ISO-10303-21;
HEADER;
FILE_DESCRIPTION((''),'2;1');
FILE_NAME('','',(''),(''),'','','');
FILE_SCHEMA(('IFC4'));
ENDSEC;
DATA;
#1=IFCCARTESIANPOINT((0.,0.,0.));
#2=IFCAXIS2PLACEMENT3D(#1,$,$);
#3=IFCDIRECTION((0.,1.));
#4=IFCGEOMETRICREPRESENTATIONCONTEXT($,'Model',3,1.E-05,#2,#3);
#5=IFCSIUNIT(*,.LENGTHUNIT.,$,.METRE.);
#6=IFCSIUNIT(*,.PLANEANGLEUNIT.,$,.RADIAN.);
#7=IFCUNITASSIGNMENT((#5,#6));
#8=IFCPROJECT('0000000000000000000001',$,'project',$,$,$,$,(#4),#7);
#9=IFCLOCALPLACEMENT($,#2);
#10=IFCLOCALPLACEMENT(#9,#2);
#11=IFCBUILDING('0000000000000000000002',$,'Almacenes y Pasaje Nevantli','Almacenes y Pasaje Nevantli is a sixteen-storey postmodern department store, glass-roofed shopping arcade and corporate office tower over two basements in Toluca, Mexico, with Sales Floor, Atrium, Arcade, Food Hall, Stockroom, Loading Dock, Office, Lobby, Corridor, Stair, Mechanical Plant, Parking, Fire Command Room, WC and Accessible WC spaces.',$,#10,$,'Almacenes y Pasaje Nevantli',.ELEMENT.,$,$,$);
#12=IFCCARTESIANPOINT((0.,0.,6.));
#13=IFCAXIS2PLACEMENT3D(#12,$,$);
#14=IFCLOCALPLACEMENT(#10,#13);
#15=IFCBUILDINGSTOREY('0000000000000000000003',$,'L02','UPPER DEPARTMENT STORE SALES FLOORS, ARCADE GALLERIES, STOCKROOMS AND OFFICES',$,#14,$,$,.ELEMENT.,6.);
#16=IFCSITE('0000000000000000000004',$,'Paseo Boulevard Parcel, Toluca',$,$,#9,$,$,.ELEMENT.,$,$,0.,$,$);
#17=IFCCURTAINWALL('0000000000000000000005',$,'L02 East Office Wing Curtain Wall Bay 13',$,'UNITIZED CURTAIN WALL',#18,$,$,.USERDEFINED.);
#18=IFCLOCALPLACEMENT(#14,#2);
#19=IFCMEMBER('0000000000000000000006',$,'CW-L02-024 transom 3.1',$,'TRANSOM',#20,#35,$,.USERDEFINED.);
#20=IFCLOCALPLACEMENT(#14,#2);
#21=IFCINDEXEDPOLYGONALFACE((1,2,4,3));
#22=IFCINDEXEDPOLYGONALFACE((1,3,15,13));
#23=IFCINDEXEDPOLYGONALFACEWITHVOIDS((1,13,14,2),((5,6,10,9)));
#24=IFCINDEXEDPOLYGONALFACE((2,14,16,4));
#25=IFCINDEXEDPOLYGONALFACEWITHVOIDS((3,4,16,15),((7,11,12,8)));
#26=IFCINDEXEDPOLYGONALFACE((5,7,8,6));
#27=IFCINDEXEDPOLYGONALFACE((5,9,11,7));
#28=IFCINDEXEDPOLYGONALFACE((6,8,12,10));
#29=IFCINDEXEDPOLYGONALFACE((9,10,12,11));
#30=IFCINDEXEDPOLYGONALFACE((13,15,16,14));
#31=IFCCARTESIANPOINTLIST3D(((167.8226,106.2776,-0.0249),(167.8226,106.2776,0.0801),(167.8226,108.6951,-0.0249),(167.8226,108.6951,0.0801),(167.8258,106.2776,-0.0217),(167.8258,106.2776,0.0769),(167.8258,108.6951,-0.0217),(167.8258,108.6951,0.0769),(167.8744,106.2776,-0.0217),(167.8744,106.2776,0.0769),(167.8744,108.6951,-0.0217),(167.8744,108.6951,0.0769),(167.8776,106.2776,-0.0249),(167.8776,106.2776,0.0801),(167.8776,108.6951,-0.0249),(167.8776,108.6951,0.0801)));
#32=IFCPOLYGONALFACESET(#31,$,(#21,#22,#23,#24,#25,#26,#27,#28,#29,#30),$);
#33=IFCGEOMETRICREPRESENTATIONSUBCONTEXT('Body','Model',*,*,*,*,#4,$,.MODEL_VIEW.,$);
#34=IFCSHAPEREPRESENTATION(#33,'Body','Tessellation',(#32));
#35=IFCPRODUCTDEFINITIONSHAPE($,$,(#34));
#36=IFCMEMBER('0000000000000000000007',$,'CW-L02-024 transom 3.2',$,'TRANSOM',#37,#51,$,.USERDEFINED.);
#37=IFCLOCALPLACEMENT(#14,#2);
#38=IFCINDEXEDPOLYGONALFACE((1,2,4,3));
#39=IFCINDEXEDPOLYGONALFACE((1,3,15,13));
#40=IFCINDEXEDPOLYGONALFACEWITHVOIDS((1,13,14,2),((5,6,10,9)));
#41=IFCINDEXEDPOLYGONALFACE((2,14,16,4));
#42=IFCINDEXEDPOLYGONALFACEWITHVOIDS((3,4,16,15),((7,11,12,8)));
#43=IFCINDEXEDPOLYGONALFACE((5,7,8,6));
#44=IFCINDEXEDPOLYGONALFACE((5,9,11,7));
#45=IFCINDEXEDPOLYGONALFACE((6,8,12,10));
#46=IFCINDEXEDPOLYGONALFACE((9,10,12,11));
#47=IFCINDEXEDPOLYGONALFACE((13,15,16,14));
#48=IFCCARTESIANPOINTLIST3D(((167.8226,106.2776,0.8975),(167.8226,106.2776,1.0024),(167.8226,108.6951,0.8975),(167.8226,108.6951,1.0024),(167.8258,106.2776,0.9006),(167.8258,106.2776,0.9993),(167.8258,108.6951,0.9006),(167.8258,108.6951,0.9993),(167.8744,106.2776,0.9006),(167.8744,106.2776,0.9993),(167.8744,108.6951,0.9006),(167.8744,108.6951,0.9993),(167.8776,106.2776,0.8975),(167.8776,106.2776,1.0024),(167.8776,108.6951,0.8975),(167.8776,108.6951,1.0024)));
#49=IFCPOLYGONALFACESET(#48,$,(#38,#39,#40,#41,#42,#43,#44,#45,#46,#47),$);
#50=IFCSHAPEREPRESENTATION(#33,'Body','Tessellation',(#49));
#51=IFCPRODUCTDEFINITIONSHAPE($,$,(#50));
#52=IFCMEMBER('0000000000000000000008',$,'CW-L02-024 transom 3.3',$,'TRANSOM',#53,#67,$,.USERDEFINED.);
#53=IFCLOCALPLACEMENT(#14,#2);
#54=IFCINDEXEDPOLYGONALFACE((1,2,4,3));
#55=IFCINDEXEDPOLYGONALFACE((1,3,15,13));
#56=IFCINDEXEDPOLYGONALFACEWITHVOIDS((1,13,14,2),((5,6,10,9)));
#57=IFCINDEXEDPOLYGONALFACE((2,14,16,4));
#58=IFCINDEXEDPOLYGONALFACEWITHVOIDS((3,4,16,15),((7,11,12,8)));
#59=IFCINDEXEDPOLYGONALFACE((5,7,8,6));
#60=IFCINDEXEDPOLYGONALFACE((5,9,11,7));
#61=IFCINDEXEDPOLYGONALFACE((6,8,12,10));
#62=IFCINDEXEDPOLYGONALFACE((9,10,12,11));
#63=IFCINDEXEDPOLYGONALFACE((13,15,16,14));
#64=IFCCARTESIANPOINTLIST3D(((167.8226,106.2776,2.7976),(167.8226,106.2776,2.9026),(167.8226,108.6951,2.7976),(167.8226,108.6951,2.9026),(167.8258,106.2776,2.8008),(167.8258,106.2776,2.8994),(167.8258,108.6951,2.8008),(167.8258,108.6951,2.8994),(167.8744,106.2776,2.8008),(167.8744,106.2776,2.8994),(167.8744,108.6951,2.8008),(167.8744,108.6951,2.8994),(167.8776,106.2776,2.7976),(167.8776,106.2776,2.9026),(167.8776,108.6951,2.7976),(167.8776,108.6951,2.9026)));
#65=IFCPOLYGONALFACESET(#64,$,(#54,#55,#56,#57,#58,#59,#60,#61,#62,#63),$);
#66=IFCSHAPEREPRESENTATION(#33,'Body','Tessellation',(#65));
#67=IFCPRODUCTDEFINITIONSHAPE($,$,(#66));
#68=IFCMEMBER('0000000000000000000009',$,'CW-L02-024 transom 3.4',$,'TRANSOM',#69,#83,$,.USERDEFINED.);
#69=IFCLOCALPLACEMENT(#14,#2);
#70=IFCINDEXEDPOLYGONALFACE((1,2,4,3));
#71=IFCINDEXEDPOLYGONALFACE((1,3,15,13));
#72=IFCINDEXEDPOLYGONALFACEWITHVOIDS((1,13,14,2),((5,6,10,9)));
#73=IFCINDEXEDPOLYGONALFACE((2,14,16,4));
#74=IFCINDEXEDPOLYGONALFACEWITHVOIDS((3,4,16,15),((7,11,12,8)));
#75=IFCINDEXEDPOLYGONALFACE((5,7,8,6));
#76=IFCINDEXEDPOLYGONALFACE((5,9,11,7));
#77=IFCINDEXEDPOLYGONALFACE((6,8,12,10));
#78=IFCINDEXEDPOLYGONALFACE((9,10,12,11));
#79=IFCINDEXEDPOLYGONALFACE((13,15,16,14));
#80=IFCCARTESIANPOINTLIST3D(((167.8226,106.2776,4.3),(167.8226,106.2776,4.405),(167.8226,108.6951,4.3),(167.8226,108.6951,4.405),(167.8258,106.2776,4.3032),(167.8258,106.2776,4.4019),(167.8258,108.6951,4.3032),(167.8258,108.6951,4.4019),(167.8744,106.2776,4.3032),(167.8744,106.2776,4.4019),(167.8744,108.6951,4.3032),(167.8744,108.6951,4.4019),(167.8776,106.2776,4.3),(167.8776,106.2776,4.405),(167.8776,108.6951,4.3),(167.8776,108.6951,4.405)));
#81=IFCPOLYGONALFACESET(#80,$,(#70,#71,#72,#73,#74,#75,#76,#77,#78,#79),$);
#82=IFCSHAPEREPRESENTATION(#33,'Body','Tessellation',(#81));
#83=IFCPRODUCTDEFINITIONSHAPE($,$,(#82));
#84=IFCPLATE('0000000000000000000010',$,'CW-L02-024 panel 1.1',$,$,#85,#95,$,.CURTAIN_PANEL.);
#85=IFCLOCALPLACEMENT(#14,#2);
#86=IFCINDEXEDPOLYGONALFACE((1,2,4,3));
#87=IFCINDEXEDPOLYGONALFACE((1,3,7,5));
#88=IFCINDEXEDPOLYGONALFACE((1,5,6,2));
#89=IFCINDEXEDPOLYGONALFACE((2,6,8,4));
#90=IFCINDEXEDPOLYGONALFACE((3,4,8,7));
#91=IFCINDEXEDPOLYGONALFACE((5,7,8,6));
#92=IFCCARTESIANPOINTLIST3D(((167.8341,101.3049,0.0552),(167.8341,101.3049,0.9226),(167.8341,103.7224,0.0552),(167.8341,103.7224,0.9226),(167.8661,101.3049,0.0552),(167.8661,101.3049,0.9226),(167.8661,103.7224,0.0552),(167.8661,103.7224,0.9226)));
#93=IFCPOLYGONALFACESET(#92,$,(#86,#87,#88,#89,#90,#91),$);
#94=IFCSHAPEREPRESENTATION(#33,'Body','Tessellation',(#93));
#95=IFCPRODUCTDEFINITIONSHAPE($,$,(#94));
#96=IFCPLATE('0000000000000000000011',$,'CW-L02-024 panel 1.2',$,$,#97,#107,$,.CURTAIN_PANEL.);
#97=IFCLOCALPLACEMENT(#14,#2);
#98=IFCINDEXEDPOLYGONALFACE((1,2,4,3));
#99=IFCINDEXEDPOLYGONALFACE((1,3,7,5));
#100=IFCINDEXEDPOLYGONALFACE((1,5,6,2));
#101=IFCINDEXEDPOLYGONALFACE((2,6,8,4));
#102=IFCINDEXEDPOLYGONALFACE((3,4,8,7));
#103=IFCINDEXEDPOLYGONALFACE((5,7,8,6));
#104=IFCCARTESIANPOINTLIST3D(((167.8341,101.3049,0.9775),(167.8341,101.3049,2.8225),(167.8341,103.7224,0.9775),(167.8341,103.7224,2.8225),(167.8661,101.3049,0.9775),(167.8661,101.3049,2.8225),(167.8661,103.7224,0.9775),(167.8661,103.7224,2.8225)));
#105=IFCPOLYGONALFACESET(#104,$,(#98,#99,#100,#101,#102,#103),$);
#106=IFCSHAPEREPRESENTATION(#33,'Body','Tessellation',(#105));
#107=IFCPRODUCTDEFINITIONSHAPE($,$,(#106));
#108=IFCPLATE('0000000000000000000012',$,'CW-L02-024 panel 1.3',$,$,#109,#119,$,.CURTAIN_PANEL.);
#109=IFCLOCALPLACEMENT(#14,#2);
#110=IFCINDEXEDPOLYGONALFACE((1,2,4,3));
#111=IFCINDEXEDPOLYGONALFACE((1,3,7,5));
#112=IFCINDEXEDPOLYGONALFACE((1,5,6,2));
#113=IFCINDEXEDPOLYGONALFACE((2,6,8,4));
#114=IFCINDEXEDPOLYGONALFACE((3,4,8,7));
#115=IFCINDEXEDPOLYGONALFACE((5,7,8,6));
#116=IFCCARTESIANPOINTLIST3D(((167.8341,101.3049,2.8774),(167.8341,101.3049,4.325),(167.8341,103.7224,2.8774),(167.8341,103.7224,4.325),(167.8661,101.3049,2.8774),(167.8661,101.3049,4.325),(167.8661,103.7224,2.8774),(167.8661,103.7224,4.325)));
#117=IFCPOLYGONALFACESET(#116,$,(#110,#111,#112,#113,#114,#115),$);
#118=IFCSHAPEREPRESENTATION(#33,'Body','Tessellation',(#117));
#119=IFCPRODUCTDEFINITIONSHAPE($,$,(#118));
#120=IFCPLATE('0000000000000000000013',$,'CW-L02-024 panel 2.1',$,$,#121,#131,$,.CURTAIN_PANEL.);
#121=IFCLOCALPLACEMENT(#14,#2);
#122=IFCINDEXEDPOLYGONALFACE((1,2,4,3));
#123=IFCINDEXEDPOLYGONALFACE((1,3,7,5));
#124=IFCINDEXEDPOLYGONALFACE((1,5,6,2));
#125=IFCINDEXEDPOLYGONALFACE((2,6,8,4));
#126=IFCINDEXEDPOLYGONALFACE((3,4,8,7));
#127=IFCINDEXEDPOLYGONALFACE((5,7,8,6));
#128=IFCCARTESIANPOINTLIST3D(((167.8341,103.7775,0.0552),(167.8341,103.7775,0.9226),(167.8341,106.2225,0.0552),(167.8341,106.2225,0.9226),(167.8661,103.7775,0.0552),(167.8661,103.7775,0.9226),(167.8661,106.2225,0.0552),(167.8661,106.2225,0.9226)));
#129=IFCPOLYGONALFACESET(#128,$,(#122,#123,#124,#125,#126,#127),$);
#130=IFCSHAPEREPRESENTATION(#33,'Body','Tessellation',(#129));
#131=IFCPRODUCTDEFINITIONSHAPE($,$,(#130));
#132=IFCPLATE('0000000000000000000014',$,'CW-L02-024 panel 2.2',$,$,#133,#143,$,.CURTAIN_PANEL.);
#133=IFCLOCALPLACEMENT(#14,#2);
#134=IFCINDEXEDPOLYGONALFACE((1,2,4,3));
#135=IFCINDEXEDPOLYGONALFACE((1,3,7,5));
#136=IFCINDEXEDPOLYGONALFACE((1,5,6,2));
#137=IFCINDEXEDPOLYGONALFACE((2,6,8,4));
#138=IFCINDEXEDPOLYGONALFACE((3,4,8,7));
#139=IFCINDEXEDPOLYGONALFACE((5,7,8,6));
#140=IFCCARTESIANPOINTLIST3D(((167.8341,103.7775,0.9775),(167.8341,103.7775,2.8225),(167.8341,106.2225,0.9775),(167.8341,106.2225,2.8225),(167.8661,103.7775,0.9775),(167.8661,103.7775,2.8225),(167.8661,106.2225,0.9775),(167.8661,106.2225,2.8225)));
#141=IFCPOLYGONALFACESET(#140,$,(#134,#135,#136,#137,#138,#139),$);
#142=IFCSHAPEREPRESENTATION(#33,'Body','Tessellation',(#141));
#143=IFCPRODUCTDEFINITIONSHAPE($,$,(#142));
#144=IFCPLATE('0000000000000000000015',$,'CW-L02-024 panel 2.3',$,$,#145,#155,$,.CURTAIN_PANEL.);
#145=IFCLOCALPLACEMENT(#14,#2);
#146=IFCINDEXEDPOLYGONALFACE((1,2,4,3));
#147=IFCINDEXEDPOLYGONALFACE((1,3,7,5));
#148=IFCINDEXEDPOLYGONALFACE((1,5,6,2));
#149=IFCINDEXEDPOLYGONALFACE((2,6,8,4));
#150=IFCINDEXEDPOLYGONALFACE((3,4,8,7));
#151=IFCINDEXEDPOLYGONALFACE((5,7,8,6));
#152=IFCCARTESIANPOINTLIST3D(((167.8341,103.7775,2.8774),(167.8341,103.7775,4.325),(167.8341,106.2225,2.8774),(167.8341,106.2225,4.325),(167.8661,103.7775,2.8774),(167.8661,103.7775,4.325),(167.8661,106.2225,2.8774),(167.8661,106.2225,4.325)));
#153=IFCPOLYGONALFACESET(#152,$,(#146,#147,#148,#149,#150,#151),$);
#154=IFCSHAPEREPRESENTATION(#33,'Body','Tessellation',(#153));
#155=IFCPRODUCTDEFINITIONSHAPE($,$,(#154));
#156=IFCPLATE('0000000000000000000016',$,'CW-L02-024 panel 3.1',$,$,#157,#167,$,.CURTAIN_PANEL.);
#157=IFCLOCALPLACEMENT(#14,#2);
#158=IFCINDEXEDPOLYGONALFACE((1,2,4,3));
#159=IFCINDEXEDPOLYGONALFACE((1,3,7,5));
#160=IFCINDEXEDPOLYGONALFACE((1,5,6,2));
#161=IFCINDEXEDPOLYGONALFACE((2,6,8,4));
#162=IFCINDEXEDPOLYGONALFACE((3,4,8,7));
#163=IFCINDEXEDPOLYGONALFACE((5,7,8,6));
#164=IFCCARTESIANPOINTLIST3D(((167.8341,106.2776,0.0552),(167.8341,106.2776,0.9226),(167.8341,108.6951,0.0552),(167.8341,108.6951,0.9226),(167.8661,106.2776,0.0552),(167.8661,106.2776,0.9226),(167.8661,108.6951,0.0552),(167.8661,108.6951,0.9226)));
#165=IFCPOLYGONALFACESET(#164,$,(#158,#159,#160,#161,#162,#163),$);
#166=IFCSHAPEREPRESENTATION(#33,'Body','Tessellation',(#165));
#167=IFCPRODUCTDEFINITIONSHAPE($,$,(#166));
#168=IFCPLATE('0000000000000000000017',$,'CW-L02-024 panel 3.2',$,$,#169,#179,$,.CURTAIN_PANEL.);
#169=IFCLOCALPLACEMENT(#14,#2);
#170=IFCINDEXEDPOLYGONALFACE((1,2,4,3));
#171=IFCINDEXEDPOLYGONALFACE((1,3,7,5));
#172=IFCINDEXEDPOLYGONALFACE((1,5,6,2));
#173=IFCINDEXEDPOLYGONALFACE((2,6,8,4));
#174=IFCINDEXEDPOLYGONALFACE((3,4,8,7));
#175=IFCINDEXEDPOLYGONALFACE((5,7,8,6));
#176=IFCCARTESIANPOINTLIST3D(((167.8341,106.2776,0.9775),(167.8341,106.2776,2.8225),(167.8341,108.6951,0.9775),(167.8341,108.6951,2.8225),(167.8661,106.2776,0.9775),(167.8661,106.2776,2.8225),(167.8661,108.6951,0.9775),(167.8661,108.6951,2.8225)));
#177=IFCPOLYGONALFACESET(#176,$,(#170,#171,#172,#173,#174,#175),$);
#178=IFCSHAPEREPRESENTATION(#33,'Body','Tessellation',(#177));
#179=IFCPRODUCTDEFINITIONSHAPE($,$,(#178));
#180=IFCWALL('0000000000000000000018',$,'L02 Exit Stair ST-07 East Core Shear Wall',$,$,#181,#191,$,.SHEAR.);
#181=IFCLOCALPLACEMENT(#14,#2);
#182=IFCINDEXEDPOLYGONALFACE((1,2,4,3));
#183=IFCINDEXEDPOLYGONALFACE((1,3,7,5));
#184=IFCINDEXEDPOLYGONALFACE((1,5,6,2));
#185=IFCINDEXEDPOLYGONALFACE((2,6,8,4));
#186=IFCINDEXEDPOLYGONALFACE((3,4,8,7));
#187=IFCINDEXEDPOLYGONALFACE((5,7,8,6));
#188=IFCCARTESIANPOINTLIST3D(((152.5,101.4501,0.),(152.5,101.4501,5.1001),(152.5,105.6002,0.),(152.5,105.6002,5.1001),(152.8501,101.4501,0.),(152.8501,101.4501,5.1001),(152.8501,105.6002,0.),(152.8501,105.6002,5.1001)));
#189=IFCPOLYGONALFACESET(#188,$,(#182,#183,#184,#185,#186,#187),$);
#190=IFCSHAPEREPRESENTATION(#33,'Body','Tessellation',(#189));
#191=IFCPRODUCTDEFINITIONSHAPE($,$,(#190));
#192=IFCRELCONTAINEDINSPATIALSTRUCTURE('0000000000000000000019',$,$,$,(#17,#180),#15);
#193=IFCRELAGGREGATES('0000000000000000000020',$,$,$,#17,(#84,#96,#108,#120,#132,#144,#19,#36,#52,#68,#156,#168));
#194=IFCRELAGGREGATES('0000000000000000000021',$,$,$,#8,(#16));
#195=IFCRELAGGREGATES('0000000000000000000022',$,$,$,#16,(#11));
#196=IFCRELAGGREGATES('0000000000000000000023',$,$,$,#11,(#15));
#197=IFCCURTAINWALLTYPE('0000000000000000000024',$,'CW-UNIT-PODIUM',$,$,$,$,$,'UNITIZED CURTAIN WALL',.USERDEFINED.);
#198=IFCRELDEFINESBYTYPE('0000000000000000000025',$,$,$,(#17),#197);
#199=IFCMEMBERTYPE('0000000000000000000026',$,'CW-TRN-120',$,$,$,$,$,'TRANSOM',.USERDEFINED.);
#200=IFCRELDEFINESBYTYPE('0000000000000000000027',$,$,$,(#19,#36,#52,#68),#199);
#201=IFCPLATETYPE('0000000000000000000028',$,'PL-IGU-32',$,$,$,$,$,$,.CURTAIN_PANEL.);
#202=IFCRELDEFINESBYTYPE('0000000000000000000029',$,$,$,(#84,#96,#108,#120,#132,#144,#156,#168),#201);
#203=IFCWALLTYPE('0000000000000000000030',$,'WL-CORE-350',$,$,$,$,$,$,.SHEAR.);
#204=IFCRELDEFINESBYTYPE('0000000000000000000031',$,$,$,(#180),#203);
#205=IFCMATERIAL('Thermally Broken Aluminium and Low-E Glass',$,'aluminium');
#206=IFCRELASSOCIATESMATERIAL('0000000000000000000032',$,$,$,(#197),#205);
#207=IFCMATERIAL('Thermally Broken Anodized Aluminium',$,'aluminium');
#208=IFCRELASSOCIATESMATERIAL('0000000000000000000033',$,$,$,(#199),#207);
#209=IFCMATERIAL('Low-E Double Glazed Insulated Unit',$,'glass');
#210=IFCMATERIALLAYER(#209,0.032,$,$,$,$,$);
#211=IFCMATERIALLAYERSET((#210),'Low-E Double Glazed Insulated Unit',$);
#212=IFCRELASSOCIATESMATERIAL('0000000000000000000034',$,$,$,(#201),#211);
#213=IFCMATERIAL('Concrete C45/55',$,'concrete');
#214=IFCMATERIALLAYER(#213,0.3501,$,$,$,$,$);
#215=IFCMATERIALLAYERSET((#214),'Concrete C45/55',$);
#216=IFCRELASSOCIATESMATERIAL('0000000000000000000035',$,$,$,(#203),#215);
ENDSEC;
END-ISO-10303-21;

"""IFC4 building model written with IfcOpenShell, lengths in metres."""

from ifc_helpers import new_model, si_unit, direction, frame, frame_2d, origin, origin_2d, place, context, subcontext, project, spatial, rectangle, hollow_rectangle, extrude, material, layer, layer_set, material_profile, profile_set, type_object, element, aggregate, save


model = new_model("IFC4")

# Units and contexts
model_context = context("Model", 3, precision=1e-05, world=origin(), true_north=direction((0.0, 1.0)))
body_context = subcontext(model_context, "Body", "Model", "MODEL_VIEW")
ifc_project = project(units=[si_unit("LENGTHUNIT", "METRE"), si_unit("PLANEANGLEUNIT", "RADIAN")], contexts=[model_context])

# Site, building, storey
site_placement = place(None, origin())
site = spatial("IfcSite", under=ifc_project, at=site_placement, Name="Paseo Boulevard Parcel, Toluca", CompositionType="ELEMENT", RefElevation=0.0)
building_placement = place(site_placement, origin())
building = spatial("IfcBuilding", under=site, at=building_placement, Name="Almacenes y Pasaje Nevantli", Description="Almacenes y Pasaje Nevantli is a sixteen-storey postmodern department store, glass-roofed shopping arcade and corporate office tower over two basements in Toluca, Mexico, with Sales Floor, Atrium, Arcade, Food Hall, Stockroom, Loading Dock, Office, Lobby, Corridor, Stair, Mechanical Plant, Parking, Fire Command Room, WC and Accessible WC spaces.", LongName="Almacenes y Pasaje Nevantli", CompositionType="ELEMENT")
storey_placement = place(building_placement, frame((0.0, 0.0, 6.0)))
storey = spatial("IfcBuildingStorey", under=building, at=storey_placement, Name="L02", Description="UPPER DEPARTMENT STORE SALES FLOORS, ARCADE GALLERIES, STOCKROOMS AND OFFICES", CompositionType="ELEMENT", Elevation=6.0)

# Curtain wall, members, plates
ifc_material_1 = material(Name="Thermally Broken Aluminium and Low-E Glass", Category="aluminium")
curtain_wall_type = type_object("IfcCurtainWallType", Name="CW-UNIT-PODIUM", ElementType="UNITIZED CURTAIN WALL", PredefinedType="USERDEFINED", material=ifc_material_1)
curtain_wall_placement = place(storey_placement, origin())
curtain_wall = element("IfcCurtainWall", 1, at=curtain_wall_placement, inside=storey, type_object=curtain_wall_type, Name="L02 East Office Wing Curtain Wall Bay 13", ObjectType="UNITIZED CURTAIN WALL", PredefinedType="USERDEFINED")
ifc_material_2 = material(Name="Thermally Broken Anodized Aluminium", Category="aluminium")
ifc_material_profile_1 = material_profile(ifc_material_2, hollow_rectangle(XDim=0.0549, YDim=0.105, WallThickness=0.0032, at=origin_2d()), Name="ALU-TRN-55x105")
ifc_profile_set_1 = profile_set([ifc_material_profile_1], Name="Thermally Broken Anodized Aluminium")
member_type_1 = type_object("IfcMemberType", Name="CW-TRN-120", ElementType="TRANSOM", PredefinedType="USERDEFINED", material=ifc_profile_set_1)
member_1_placement = place(storey_placement, frame((167.8501, 106.2776, 0.0276), z_axis=(0.0, 1.0, 0.0), x_axis=(-1.0, 0.0, 0.0)))
member_1 = element("IfcMember", 2, at=member_1_placement, type_object=member_type_1, Name="CW-L02-024 transom 3.1", ObjectType="TRANSOM", PredefinedType="USERDEFINED", context=body_context, shape_type="SweptSolid", body=[
    extrude(hollow_rectangle(XDim=0.0549, YDim=0.105, WallThickness=0.0032, at=origin_2d()), origin(), (0.0, 0.0, 1.0), 2.4175),
])
member_2_placement = place(storey_placement, frame((167.8501, 106.2776, 0.95), z_axis=(0.0, 1.0, 0.0), x_axis=(-1.0, 0.0, 0.0)))
member_2 = element("IfcMember", 3, at=member_2_placement, type_object=member_type_1, Name="CW-L02-024 transom 3.2", ObjectType="TRANSOM", PredefinedType="USERDEFINED", context=body_context, shape_type="SweptSolid", body=[
    extrude(hollow_rectangle(XDim=0.0549, YDim=0.105, WallThickness=0.0032, at=origin_2d()), origin(), (0.0, 0.0, 1.0), 2.4175),
])
member_3_placement = place(storey_placement, frame((167.8501, 106.2776, 2.8501), z_axis=(0.0, 1.0, 0.0), x_axis=(-1.0, 0.0, 0.0)))
member_3 = element("IfcMember", 4, at=member_3_placement, type_object=member_type_1, Name="CW-L02-024 transom 3.3", ObjectType="TRANSOM", PredefinedType="USERDEFINED", context=body_context, shape_type="SweptSolid", body=[
    extrude(hollow_rectangle(XDim=0.0549, YDim=0.105, WallThickness=0.0032, at=origin_2d()), origin(), (0.0, 0.0, 1.0), 2.4175),
])
member_4_placement = place(storey_placement, frame((167.8501, 106.2776, 4.3525), z_axis=(0.0, 1.0, 0.0), x_axis=(-1.0, 0.0, 0.0)))
member_4 = element("IfcMember", 5, at=member_4_placement, type_object=member_type_1, Name="CW-L02-024 transom 3.4", ObjectType="TRANSOM", PredefinedType="USERDEFINED", context=body_context, shape_type="SweptSolid", body=[
    extrude(hollow_rectangle(XDim=0.0549, YDim=0.105, WallThickness=0.0032, at=origin_2d()), origin(), (0.0, 0.0, 1.0), 2.4175),
])
ifc_material_3 = material(Name="Low-E Double Glazed Insulated Unit", Category="glass")
ifc_layer_1 = layer(ifc_material_3, 0.032)
ifc_layer_set_1 = layer_set([ifc_layer_1], Name="Low-E Double Glazed Insulated Unit")
plate_type = type_object("IfcPlateType", Name="PL-IGU-32", PredefinedType="CURTAIN_PANEL", material=ifc_layer_set_1)
plate_1_placement = place(storey_placement, frame((167.8501, 102.5137, 0.0552), z_axis=(0.0, 0.0, 1.0), x_axis=(0.0, 1.0, 0.0)))
plate_1 = element("IfcPlate", 6, at=plate_1_placement, type_object=plate_type, Name="CW-L02-024 panel 1.1", PredefinedType="CURTAIN_PANEL", context=body_context, shape_type="SweptSolid", body=[
    extrude(rectangle(XDim=2.4175, YDim=0.032, at=origin_2d()), origin(), (0.0, 0.0, 1.0), 0.8674),
])
plate_2_placement = place(storey_placement, frame((167.8501, 102.5137, 0.9775), z_axis=(0.0, 0.0, 1.0), x_axis=(0.0, 1.0, 0.0)))
plate_2 = element("IfcPlate", 7, at=plate_2_placement, type_object=plate_type, Name="CW-L02-024 panel 1.2", PredefinedType="CURTAIN_PANEL", context=body_context, shape_type="SweptSolid", body=[
    extrude(rectangle(XDim=2.4175, YDim=0.032, at=origin_2d()), origin(), (0.0, 0.0, 1.0), 1.845),
])
plate_3_placement = place(storey_placement, frame((167.8501, 102.5137, 2.8774), z_axis=(0.0, 0.0, 1.0), x_axis=(0.0, 1.0, 0.0)))
plate_3 = element("IfcPlate", 8, at=plate_3_placement, type_object=plate_type, Name="CW-L02-024 panel 1.3", PredefinedType="CURTAIN_PANEL", context=body_context, shape_type="SweptSolid", body=[
    extrude(rectangle(XDim=2.4175, YDim=0.032, at=origin_2d()), origin(), (0.0, 0.0, 1.0), 1.4475),
])
plate_4_placement = place(storey_placement, frame((167.8501, 105.0, 0.0552), z_axis=(0.0, 0.0, 1.0), x_axis=(0.0, 1.0, 0.0)))
plate_4 = element("IfcPlate", 9, at=plate_4_placement, type_object=plate_type, Name="CW-L02-024 panel 2.1", PredefinedType="CURTAIN_PANEL", context=body_context, shape_type="SweptSolid", body=[
    extrude(rectangle(XDim=2.4451, YDim=0.032, at=origin_2d()), origin(), (0.0, 0.0, 1.0), 0.8674),
])
plate_5_placement = place(storey_placement, frame((167.8501, 105.0, 0.9775), z_axis=(0.0, 0.0, 1.0), x_axis=(0.0, 1.0, 0.0)))
plate_5 = element("IfcPlate", 10, at=plate_5_placement, type_object=plate_type, Name="CW-L02-024 panel 2.2", PredefinedType="CURTAIN_PANEL", context=body_context, shape_type="SweptSolid", body=[
    extrude(rectangle(XDim=2.4451, YDim=0.032, at=origin_2d()), origin(), (0.0, 0.0, 1.0), 1.845),
])
plate_6_placement = place(storey_placement, frame((167.8501, 105.0, 2.8774), z_axis=(0.0, 0.0, 1.0), x_axis=(0.0, 1.0, 0.0)))
plate_6 = element("IfcPlate", 11, at=plate_6_placement, type_object=plate_type, Name="CW-L02-024 panel 2.3", PredefinedType="CURTAIN_PANEL", context=body_context, shape_type="SweptSolid", body=[
    extrude(rectangle(XDim=2.4451, YDim=0.032, at=origin_2d()), origin(), (0.0, 0.0, 1.0), 1.4475),
])
plate_7_placement = place(storey_placement, frame((167.8501, 107.4863, 0.0552), z_axis=(0.0, 0.0, 1.0), x_axis=(0.0, 1.0, 0.0)))
plate_7 = element("IfcPlate", 12, at=plate_7_placement, type_object=plate_type, Name="CW-L02-024 panel 3.1", PredefinedType="CURTAIN_PANEL", context=body_context, shape_type="SweptSolid", body=[
    extrude(rectangle(XDim=2.4175, YDim=0.032, at=origin_2d()), origin(), (0.0, 0.0, 1.0), 0.8674),
])
plate_8_placement = place(storey_placement, frame((167.8501, 107.4863, 0.9775), z_axis=(0.0, 0.0, 1.0), x_axis=(0.0, 1.0, 0.0)))
plate_8 = element("IfcPlate", 13, at=plate_8_placement, type_object=plate_type, Name="CW-L02-024 panel 3.2", PredefinedType="CURTAIN_PANEL", context=body_context, shape_type="SweptSolid", body=[
    extrude(rectangle(XDim=2.4175, YDim=0.032, at=origin_2d()), origin(), (0.0, 0.0, 1.0), 1.845),
])
aggregate(curtain_wall, [plate_1, plate_2, plate_3, plate_4, plate_5, plate_6, member_1, member_2, member_3, member_4, plate_7, plate_8])

# Wall
ifc_material_4 = material(Name="Concrete C45/55", Category="concrete")
ifc_layer_2 = layer(ifc_material_4, 0.3501)
ifc_layer_set_2 = layer_set([ifc_layer_2], Name="Concrete C45/55")
wall_type_1 = type_object("IfcWallType", Name="WL-CORE-350", PredefinedType="SHEAR", material=ifc_layer_set_2)
wall_1_placement = place(storey_placement, frame((152.675, 101.45, 0.0), z_axis=(0.0, 0.0, 1.0), x_axis=(0.0, 1.0, 0.0)))
element("IfcWall", 14, at=wall_1_placement, inside=storey, type_object=wall_type_1, Name="L02 Exit Stair ST-07 East Core Shear Wall", PredefinedType="SHEAR", context=body_context, shape_type="SweptSolid", body=[
    extrude(rectangle(XDim=4.1501, YDim=0.3501, at=frame_2d((2.0752, 0.0))), origin(), (0.0, 0.0, 1.0), 5.1001),
])

save(model, "model.ifc")
